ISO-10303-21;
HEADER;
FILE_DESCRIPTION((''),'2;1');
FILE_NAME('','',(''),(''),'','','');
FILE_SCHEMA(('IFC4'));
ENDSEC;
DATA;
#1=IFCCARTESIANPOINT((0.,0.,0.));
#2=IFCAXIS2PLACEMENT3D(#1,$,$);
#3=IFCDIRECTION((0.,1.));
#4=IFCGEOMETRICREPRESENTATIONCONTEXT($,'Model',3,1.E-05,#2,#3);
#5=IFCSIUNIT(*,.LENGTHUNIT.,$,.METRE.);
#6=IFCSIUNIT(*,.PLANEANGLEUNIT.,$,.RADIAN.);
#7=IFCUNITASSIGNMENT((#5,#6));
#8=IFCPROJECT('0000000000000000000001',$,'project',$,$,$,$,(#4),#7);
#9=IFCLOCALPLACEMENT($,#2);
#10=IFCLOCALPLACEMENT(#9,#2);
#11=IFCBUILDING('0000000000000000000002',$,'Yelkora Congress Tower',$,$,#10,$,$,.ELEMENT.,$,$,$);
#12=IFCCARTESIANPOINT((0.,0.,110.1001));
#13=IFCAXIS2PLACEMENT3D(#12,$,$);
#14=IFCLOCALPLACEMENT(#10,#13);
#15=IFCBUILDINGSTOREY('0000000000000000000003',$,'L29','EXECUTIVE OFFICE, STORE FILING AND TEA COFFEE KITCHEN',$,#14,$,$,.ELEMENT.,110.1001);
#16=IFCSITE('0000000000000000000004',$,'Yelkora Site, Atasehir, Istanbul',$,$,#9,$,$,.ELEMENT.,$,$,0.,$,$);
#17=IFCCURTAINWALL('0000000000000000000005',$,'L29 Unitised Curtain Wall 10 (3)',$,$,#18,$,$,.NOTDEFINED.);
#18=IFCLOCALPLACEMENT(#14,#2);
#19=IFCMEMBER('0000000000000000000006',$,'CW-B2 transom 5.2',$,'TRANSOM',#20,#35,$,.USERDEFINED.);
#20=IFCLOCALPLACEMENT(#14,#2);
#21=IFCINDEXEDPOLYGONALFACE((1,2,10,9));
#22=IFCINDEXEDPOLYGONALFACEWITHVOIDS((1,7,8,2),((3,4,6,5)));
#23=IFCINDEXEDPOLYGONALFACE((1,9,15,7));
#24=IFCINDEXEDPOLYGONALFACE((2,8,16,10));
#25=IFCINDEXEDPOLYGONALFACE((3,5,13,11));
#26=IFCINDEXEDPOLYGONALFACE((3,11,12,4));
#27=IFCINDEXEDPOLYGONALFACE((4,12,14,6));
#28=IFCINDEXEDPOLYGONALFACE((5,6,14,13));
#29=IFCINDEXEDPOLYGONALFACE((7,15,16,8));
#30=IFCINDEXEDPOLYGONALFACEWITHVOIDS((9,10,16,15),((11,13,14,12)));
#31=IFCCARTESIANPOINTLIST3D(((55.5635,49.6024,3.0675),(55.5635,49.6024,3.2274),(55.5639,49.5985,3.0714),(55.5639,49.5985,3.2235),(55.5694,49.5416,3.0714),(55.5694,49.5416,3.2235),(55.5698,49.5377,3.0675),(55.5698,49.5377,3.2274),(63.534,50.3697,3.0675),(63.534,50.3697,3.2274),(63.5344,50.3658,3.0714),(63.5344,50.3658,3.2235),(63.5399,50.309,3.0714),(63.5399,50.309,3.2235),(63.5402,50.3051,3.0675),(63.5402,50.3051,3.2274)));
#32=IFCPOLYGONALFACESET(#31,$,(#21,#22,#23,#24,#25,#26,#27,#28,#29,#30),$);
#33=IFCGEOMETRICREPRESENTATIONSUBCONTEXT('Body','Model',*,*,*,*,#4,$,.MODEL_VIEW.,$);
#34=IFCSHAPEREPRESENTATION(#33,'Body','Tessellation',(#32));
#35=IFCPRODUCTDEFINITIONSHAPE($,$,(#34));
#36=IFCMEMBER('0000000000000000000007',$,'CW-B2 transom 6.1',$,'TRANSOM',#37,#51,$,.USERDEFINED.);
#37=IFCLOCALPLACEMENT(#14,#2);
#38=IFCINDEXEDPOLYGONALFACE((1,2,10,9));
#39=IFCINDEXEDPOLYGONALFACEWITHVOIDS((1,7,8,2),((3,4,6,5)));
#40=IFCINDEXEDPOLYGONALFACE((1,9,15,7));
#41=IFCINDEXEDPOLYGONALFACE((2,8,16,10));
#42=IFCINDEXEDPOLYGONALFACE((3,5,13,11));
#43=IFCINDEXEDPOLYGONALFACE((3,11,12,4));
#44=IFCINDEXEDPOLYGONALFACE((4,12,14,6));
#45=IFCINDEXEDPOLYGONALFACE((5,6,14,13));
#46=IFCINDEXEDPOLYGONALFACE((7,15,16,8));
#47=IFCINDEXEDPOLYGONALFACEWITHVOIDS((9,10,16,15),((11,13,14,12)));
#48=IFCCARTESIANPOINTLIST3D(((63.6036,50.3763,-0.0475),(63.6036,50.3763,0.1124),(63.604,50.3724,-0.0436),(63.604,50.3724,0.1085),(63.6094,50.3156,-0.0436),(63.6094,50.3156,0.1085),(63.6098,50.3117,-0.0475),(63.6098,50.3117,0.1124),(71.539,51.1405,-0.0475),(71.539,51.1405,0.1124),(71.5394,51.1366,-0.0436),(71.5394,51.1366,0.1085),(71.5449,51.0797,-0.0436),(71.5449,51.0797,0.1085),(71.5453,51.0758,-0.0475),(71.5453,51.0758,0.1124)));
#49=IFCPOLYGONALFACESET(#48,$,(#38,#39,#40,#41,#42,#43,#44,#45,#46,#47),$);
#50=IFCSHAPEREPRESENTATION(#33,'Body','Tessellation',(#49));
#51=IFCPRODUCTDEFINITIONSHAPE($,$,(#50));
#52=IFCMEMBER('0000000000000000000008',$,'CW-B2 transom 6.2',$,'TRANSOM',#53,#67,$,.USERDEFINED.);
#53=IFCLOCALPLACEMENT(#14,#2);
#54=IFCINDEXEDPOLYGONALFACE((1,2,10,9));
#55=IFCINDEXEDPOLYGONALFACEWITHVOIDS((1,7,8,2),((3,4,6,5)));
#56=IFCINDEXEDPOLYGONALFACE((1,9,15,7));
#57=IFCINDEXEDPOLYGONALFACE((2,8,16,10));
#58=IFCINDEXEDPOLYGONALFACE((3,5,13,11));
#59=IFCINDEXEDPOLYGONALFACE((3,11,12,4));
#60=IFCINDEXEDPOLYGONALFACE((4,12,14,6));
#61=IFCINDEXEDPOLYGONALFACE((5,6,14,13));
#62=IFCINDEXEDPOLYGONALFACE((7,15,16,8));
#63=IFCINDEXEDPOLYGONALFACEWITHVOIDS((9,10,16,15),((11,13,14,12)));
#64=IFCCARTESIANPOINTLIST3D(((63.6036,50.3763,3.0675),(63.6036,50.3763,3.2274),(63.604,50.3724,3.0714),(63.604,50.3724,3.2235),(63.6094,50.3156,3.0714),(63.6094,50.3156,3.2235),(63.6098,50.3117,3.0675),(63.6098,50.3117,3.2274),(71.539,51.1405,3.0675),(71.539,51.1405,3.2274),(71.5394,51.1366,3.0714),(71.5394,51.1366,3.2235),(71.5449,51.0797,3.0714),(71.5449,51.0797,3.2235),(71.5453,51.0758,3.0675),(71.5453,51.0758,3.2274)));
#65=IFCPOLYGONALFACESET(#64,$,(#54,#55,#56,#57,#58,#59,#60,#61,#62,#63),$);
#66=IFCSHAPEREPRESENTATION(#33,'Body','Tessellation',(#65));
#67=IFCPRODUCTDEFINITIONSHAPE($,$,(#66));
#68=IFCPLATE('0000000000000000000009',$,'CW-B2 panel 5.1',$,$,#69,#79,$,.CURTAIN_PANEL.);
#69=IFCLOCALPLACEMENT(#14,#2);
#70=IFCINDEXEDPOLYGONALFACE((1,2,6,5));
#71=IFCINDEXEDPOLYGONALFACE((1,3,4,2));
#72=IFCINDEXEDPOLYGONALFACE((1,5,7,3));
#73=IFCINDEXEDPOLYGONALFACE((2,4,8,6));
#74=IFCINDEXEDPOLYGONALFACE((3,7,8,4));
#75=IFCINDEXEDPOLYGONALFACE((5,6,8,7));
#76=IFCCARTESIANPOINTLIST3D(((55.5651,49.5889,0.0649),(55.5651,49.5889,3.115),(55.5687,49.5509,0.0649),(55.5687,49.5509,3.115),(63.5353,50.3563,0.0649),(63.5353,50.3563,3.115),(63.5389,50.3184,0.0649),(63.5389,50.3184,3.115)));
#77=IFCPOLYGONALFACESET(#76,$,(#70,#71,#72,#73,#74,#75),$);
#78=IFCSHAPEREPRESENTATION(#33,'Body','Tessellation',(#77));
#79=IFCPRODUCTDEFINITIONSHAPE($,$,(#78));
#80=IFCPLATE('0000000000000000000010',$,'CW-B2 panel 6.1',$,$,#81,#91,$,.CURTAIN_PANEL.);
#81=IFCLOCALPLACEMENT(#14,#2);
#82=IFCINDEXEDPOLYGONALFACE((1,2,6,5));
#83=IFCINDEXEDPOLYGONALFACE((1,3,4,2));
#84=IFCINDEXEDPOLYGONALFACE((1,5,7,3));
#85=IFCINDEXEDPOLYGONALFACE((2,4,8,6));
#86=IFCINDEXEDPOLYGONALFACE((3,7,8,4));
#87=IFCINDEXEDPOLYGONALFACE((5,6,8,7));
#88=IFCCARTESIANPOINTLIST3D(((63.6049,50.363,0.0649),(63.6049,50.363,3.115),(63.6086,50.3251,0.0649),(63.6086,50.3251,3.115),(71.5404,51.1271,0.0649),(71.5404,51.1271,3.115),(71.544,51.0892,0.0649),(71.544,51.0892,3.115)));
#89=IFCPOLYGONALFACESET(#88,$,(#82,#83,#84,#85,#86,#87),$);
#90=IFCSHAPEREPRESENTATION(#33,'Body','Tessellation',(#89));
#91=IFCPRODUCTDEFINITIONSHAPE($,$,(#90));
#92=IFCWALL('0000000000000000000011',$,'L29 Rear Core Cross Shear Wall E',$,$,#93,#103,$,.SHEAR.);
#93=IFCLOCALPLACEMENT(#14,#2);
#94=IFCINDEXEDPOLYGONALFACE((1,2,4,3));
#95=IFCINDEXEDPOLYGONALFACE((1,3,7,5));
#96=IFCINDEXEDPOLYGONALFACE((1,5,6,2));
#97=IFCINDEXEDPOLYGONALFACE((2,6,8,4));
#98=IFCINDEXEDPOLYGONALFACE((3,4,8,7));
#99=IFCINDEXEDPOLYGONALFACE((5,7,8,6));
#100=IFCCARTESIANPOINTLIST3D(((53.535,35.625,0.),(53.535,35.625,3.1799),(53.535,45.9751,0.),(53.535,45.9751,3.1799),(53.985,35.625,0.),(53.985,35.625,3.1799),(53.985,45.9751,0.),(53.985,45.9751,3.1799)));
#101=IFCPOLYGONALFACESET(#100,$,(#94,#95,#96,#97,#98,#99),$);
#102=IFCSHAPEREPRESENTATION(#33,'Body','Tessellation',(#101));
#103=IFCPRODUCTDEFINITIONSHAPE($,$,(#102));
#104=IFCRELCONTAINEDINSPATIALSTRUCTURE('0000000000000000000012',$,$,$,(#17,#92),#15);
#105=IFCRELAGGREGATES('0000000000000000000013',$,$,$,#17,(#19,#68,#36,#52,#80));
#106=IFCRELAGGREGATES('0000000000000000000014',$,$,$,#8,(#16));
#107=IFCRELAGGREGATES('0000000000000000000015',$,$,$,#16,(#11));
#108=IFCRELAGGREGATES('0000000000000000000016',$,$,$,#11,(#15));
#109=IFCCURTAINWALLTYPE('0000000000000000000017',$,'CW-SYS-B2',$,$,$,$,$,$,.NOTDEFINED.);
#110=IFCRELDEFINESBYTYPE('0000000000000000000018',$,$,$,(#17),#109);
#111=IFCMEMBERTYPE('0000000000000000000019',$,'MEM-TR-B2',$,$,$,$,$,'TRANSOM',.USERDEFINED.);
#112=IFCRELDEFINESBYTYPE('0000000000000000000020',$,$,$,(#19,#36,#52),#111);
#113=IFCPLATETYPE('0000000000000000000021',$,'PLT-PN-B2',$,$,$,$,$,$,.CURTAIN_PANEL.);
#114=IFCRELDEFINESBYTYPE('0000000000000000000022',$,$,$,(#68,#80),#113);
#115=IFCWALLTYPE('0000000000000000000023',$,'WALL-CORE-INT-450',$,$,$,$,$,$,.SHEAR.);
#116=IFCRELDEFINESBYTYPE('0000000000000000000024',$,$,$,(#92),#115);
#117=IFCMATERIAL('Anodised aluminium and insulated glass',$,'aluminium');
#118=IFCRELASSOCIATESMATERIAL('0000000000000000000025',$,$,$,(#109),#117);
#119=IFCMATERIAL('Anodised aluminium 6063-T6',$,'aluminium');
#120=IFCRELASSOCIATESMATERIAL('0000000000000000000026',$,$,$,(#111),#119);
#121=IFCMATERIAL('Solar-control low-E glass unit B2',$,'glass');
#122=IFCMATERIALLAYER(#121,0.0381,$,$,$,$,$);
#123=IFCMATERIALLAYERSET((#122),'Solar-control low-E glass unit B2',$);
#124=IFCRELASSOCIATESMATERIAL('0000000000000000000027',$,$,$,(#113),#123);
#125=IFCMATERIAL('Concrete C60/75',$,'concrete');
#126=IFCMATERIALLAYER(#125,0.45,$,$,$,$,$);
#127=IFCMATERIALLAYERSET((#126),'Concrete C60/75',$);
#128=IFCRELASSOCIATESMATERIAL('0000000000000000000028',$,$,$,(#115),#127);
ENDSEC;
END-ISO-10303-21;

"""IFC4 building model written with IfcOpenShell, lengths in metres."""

from ifc_helpers import new_model, si_unit, direction, frame, frame_2d, origin, origin_2d, place, context, subcontext, project, spatial, rectangle, hollow_rectangle, extrude, material, layer, layer_set, material_profile, profile_set, type_object, element, aggregate, save


model = new_model("IFC4")

# Units and contexts
model_context = context("Model", 3, precision=1e-05, world=origin(), true_north=direction((0.0, 1.0)))
body_context = subcontext(model_context, "Body", "Model", "MODEL_VIEW")
ifc_project = project(units=[si_unit("LENGTHUNIT", "METRE"), si_unit("PLANEANGLEUNIT", "RADIAN")], contexts=[model_context])

# Site, building, storey
site_placement = place(None, origin())
site = spatial("IfcSite", under=ifc_project, at=site_placement, Name="Yelkora Site, Atasehir, Istanbul", CompositionType="ELEMENT", RefElevation=0.0)
building_placement = place(site_placement, origin())
building = spatial("IfcBuilding", under=site, at=building_placement, Name="Yelkora Congress Tower", CompositionType="ELEMENT")
storey_placement = place(building_placement, frame((0.0, 0.0, 110.1001)))
storey = spatial("IfcBuildingStorey", under=building, at=storey_placement, Name="L29", Description="EXECUTIVE OFFICE, STORE FILING AND TEA COFFEE KITCHEN", CompositionType="ELEMENT", Elevation=110.1001)

# Curtain wall, members, plates
ifc_material_1 = material(Name="Anodised aluminium and insulated glass", Category="aluminium")
curtain_wall_type = type_object("IfcCurtainWallType", Name="CW-SYS-B2", PredefinedType="NOTDEFINED", material=ifc_material_1)
curtain_wall_placement = place(storey_placement, origin())
curtain_wall = element("IfcCurtainWall", 1, at=curtain_wall_placement, inside=storey, type_object=curtain_wall_type, Name="L29 Unitised Curtain Wall 10 (3)", PredefinedType="NOTDEFINED")
ifc_material_2 = material(Name="Anodised aluminium 6063-T6", Category="aluminium")
ifc_material_profile_1 = material_profile(ifc_material_2, hollow_rectangle(XDim=0.0649, YDim=0.1599, WallThickness=0.0039, at=origin_2d()), Name="ALU 65x160x4")
ifc_profile_set_1 = profile_set([ifc_material_profile_1], Name="Anodised aluminium 6063-T6")
member_type_1 = type_object("IfcMemberType", Name="MEM-TR-B2", ElementType="TRANSOM", PredefinedType="USERDEFINED", material=ifc_profile_set_1)
member_1_placement = place(storey_placement, frame((55.5667, 49.5701, 3.1475), z_axis=(0.995398, 0.095829, 0.0), x_axis=(-0.095829, 0.995398, 0.0)))
member_1 = element("IfcMember", 2, at=member_1_placement, type_object=member_type_1, Name="CW-B2 transom 5.2", ObjectType="TRANSOM", PredefinedType="USERDEFINED", context=body_context, shape_type="SweptSolid", body=[
    extrude(hollow_rectangle(XDim=0.0649, YDim=0.1599, WallThickness=0.0039, at=origin_2d()), origin(), (0.0, 0.0, 1.0), 8.0073),
])
member_2_placement = place(storey_placement, frame((63.6067, 50.344, 0.0325), z_axis=(0.995396, 0.095852, 0.0), x_axis=(-0.095852, 0.995396, 0.0)))
member_2 = element("IfcMember", 3, at=member_2_placement, type_object=member_type_1, Name="CW-B2 transom 6.1", ObjectType="TRANSOM", PredefinedType="USERDEFINED", context=body_context, shape_type="SweptSolid", body=[
    extrude(hollow_rectangle(XDim=0.0649, YDim=0.1599, WallThickness=0.0039, at=origin_2d()), origin(), (0.0, 0.0, 1.0), 7.9722),
])
member_3_placement = place(storey_placement, frame((63.6067, 50.344, 3.1475), z_axis=(0.995396, 0.095852, 0.0), x_axis=(-0.095852, 0.995396, 0.0)))
member_3 = element("IfcMember", 4, at=member_3_placement, type_object=member_type_1, Name="CW-B2 transom 6.2", ObjectType="TRANSOM", PredefinedType="USERDEFINED", context=body_context, shape_type="SweptSolid", body=[
    extrude(hollow_rectangle(XDim=0.0649, YDim=0.1599, WallThickness=0.0039, at=origin_2d()), origin(), (0.0, 0.0, 1.0), 7.9722),
])
ifc_material_3 = material(Name="Solar-control low-E glass unit B2", Category="glass")
ifc_layer_1 = layer(ifc_material_3, 0.0381)
ifc_layer_set_1 = layer_set([ifc_layer_1], Name="Solar-control low-E glass unit B2")
plate_type = type_object("IfcPlateType", Name="PLT-PN-B2", PredefinedType="CURTAIN_PANEL", material=ifc_layer_set_1)
plate_1_placement = place(storey_placement, frame((59.552, 49.9536, 0.0649), z_axis=(0.0, 0.0, 1.0), x_axis=(0.995396, 0.095844, 0.0)))
plate_1 = element("IfcPlate", 5, at=plate_1_placement, type_object=plate_type, Name="CW-B2 panel 5.1", PredefinedType="CURTAIN_PANEL", context=body_context, shape_type="SweptSolid", body=[
    extrude(rectangle(XDim=8.0071, YDim=0.0381, at=origin_2d()), origin(), (0.0, 0.0, 1.0), 3.05),
])
plate_2_placement = place(storey_placement, frame((67.5745, 50.7261, 0.0649), z_axis=(0.0, 0.0, 1.0), x_axis=(0.995396, 0.095844, 0.0)))
plate_2 = element("IfcPlate", 6, at=plate_2_placement, type_object=plate_type, Name="CW-B2 panel 6.1", PredefinedType="CURTAIN_PANEL", context=body_context, shape_type="SweptSolid", body=[
    extrude(rectangle(XDim=7.9722, YDim=0.0381, at=origin_2d()), origin(), (0.0, 0.0, 1.0), 3.05),
])
aggregate(curtain_wall, [member_1, plate_1, member_2, member_3, plate_2])

# Wall
ifc_material_4 = material(Name="Concrete C60/75", Category="concrete")
ifc_layer_2 = layer(ifc_material_4, 0.45)
ifc_layer_set_2 = layer_set([ifc_layer_2], Name="Concrete C60/75")
wall_type = type_object("IfcWallType", Name="WALL-CORE-INT-450", PredefinedType="SHEAR", material=ifc_layer_set_2)
wall_placement = place(storey_placement, frame((53.76, 35.625, 0.0), z_axis=(0.0, 0.0, 1.0), x_axis=(0.0, 1.0, 0.0)))
element("IfcWall", 7, at=wall_placement, inside=storey, type_object=wall_type, Name="L29 Rear Core Cross Shear Wall E", PredefinedType="SHEAR", context=body_context, shape_type="SweptSolid", body=[
    extrude(rectangle(XDim=10.3501, YDim=0.45, at=frame_2d((5.175, 0.0))), origin(), (0.0, 0.0, 1.0), 3.1799),
])

save(model, "model.ifc")
